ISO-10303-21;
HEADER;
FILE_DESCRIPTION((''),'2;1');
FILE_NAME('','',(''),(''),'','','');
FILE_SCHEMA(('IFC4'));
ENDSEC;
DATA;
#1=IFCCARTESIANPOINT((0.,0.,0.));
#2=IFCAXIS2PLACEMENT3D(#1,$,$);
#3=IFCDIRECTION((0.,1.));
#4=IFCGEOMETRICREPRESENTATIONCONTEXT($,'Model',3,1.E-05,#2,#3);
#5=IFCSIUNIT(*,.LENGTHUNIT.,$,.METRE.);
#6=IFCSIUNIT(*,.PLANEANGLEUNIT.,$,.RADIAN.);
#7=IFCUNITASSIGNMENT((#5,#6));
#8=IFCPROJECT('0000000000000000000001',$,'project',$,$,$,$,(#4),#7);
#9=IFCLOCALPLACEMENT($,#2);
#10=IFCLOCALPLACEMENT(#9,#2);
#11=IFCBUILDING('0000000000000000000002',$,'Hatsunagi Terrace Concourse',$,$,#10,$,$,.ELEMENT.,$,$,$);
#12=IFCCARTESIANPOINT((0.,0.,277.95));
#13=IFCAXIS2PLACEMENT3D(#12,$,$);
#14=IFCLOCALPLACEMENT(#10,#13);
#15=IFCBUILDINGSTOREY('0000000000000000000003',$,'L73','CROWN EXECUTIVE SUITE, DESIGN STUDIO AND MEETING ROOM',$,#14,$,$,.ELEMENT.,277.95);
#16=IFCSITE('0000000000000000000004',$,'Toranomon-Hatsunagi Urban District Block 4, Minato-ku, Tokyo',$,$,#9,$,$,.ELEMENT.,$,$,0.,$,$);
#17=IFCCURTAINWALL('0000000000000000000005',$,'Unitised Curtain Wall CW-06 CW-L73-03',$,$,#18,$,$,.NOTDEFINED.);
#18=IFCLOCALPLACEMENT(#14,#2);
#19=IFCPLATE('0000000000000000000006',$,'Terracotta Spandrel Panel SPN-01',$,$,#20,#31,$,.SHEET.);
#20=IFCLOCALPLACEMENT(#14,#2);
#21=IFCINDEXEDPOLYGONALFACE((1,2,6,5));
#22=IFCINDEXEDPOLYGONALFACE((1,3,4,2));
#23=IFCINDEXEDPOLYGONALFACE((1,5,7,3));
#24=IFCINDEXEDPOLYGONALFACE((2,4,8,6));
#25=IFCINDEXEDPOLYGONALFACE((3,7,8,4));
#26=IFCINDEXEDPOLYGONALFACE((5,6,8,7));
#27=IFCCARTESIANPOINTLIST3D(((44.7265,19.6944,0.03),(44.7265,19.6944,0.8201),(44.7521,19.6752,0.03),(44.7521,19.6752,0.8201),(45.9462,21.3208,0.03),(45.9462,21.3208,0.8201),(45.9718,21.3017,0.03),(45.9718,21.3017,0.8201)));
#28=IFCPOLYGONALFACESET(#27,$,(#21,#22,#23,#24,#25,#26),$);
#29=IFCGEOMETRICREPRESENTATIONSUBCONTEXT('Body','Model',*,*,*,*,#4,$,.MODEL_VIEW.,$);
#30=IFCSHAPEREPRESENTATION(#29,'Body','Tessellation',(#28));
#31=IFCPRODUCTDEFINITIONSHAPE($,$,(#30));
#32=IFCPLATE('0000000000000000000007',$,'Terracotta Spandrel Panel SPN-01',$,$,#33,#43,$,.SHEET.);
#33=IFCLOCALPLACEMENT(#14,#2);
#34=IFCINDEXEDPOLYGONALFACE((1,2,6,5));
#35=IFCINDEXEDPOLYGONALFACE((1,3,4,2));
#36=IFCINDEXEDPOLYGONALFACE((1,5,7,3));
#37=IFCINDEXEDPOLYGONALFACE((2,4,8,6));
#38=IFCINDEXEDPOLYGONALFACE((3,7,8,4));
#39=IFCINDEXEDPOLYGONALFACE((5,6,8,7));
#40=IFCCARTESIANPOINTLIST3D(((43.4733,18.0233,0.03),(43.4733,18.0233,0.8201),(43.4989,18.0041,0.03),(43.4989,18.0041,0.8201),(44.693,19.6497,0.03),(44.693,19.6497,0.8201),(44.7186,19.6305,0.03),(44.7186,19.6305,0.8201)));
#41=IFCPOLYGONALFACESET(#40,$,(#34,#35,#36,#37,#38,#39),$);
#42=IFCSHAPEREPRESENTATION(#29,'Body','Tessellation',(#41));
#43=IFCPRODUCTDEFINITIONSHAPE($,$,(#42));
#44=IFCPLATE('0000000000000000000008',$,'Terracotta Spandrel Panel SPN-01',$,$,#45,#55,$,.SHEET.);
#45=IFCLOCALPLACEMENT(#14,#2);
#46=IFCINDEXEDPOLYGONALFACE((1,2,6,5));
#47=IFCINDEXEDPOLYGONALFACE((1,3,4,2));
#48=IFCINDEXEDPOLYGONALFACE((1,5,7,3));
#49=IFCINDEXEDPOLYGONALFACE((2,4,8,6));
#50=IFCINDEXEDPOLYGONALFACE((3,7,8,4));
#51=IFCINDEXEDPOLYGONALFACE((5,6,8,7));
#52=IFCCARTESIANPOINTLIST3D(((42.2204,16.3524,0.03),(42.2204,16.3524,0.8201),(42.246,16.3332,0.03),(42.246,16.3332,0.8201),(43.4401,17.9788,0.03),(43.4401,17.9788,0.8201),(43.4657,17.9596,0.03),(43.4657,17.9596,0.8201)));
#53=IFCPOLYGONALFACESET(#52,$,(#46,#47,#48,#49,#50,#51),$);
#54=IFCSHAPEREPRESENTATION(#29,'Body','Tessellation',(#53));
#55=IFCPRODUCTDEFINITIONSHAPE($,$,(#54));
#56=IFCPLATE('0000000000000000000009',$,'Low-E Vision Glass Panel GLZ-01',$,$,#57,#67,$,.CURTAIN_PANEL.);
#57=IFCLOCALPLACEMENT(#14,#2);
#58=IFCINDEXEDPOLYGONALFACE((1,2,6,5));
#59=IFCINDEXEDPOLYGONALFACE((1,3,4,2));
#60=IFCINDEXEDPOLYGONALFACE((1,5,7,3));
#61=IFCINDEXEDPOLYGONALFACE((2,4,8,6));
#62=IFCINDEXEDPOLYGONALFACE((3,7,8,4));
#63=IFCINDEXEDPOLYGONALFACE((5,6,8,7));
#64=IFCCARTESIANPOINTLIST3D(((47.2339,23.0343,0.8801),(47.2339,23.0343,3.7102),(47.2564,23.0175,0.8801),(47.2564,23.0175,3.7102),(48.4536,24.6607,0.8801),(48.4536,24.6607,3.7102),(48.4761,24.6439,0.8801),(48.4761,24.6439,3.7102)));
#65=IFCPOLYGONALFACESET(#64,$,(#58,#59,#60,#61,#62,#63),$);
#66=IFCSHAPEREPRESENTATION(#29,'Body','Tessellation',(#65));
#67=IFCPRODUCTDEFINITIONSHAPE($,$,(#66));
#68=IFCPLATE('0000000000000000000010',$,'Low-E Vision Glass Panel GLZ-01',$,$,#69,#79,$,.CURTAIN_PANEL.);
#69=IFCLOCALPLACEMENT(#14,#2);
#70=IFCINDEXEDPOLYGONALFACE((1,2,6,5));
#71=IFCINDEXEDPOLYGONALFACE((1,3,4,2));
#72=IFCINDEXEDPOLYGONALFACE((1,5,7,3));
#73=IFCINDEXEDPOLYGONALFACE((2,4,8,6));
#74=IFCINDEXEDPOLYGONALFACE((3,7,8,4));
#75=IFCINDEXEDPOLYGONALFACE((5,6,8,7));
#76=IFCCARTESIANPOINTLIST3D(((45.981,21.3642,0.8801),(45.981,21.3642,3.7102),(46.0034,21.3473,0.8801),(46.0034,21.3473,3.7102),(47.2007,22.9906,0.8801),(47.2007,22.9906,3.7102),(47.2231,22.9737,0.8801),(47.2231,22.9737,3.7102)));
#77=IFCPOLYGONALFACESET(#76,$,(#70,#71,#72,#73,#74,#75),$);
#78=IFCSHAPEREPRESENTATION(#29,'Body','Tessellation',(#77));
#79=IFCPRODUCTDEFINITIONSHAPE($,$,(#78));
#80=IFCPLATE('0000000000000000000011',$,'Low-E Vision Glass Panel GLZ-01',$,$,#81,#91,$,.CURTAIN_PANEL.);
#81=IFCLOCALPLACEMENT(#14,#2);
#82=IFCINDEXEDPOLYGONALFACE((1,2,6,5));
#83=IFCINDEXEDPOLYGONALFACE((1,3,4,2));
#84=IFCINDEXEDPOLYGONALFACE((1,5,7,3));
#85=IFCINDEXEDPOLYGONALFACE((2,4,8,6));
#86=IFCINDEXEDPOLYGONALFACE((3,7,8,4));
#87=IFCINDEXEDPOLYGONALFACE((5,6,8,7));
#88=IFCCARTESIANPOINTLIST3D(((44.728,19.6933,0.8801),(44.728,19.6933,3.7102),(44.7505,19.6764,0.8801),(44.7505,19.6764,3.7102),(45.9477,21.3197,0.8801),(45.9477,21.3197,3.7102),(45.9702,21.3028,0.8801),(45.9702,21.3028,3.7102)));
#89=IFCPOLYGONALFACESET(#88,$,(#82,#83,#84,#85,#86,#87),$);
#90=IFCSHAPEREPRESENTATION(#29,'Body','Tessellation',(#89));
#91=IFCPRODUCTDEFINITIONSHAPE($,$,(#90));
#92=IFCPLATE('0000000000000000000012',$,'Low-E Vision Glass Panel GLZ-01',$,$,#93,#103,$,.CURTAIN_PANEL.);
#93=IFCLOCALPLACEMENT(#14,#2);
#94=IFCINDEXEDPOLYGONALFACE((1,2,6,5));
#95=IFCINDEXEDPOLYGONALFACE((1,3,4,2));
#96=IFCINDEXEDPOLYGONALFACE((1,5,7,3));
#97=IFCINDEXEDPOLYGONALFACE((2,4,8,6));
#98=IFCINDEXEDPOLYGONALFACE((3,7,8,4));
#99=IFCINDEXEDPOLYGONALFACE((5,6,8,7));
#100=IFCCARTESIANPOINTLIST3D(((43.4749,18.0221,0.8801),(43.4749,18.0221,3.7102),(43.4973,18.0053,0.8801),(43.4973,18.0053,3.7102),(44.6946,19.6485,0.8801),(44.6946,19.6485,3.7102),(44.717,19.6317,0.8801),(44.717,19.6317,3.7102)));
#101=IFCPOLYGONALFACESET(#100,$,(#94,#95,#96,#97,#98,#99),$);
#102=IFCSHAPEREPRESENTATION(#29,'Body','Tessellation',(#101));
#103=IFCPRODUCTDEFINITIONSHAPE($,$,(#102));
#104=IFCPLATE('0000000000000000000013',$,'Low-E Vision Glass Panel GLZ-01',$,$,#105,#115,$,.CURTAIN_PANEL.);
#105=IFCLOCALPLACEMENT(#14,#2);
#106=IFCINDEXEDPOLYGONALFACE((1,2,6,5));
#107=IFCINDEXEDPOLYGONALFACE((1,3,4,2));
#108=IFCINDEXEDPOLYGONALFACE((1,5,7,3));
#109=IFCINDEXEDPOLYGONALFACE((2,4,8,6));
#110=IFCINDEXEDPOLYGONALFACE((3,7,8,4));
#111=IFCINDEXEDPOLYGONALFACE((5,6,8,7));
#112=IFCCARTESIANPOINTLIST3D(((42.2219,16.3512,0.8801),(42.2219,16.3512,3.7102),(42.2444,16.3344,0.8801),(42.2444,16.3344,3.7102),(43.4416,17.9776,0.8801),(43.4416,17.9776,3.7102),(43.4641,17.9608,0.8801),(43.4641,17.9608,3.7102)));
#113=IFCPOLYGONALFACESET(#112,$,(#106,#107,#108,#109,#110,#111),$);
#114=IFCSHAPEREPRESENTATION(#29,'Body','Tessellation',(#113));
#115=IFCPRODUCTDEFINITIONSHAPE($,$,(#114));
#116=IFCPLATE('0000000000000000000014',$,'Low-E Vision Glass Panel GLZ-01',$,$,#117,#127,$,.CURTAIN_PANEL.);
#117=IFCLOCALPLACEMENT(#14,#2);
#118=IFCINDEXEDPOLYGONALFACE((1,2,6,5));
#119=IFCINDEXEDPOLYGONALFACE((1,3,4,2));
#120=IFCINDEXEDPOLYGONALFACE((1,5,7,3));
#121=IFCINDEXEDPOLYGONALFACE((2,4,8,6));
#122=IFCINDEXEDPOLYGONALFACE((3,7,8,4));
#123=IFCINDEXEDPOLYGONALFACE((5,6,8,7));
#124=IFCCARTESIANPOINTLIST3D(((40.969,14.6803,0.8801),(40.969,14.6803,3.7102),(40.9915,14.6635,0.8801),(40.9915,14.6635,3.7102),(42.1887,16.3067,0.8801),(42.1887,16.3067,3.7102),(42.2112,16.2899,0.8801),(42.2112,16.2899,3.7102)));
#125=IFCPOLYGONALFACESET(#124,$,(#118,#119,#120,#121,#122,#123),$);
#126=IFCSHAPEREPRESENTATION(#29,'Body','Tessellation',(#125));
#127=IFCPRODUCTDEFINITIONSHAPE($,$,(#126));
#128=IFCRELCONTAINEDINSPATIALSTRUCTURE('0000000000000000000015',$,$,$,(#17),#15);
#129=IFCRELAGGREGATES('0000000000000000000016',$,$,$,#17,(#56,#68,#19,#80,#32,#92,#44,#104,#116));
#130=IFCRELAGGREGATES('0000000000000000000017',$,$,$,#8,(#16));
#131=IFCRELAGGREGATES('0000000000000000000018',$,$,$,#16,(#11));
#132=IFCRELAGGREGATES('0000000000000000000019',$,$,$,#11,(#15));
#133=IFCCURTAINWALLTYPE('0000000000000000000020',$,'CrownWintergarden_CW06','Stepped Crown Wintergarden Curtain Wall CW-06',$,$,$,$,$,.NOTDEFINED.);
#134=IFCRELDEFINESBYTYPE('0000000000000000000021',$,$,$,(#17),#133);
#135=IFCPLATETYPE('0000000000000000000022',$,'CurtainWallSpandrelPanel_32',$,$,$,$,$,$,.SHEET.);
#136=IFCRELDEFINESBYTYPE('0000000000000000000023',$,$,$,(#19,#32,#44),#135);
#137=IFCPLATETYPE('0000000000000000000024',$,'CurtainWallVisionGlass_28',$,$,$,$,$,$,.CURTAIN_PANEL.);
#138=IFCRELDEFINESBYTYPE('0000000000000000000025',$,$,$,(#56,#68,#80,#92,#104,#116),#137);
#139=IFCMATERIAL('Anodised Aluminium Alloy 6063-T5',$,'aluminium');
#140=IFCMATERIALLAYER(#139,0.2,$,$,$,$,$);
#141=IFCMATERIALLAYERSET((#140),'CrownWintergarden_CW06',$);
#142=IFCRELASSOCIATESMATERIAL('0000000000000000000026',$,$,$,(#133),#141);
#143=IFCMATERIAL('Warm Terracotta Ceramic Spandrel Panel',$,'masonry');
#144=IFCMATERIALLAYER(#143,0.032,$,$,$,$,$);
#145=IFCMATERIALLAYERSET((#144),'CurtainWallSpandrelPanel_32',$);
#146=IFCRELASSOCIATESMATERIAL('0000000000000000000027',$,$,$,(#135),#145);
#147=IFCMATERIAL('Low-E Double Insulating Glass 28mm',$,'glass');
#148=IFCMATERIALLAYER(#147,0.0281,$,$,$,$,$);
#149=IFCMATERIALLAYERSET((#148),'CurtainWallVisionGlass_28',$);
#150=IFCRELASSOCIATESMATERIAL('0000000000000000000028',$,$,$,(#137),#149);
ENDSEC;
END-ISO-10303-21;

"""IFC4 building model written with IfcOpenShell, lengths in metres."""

from ifc_helpers import new_model, si_unit, direction, frame, origin, origin_2d, place, context, subcontext, project, spatial, rectangle, extrude, material, layer, layer_set, type_object, element, aggregate, save


model = new_model("IFC4")

# Units and contexts
model_context = context("Model", 3, precision=1e-05, world=origin(), true_north=direction((0.0, 1.0)))
body_context = subcontext(model_context, "Body", "Model", "MODEL_VIEW")
ifc_project = project(units=[si_unit("LENGTHUNIT", "METRE"), si_unit("PLANEANGLEUNIT", "RADIAN")], contexts=[model_context])

# Site, building, storey
site_placement = place(None, origin())
site = spatial("IfcSite", under=ifc_project, at=site_placement, Name="Toranomon-Hatsunagi Urban District Block 4, Minato-ku, Tokyo", CompositionType="ELEMENT", RefElevation=0.0)
building_placement = place(site_placement, origin())
building = spatial("IfcBuilding", under=site, at=building_placement, Name="Hatsunagi Terrace Concourse", CompositionType="ELEMENT")
storey_placement = place(building_placement, frame((0.0, 0.0, 277.95)))
storey = spatial("IfcBuildingStorey", under=building, at=storey_placement, Name="L73", Description="CROWN EXECUTIVE SUITE, DESIGN STUDIO AND MEETING ROOM", CompositionType="ELEMENT", Elevation=277.95)

# Curtain wall, plates
ifc_material_1 = material(Name="Anodised Aluminium Alloy 6063-T5", Category="aluminium")
ifc_layer_1 = layer(ifc_material_1, 0.2)
ifc_layer_set_1 = layer_set([ifc_layer_1], Name="CrownWintergarden_CW06")
curtain_wall_type = type_object("IfcCurtainWallType", Name="CrownWintergarden_CW06", Description="Stepped Crown Wintergarden Curtain Wall CW-06", PredefinedType="NOTDEFINED", material=ifc_layer_set_1)
curtain_wall_placement = place(storey_placement, origin())
curtain_wall = element("IfcCurtainWall", 1, at=curtain_wall_placement, inside=storey, type_object=curtain_wall_type, Name="Unitised Curtain Wall CW-06 CW-L73-03", PredefinedType="NOTDEFINED")
ifc_material_2 = material(Name="Warm Terracotta Ceramic Spandrel Panel", Category="masonry")
ifc_layer_2 = layer(ifc_material_2, 0.032)
ifc_layer_set_2 = layer_set([ifc_layer_2], Name="CurtainWallSpandrelPanel_32")
plate_type_1 = type_object("IfcPlateType", Name="CurtainWallSpandrelPanel_32", PredefinedType="SHEET", material=ifc_layer_set_2)
plate_1_placement = place(storey_placement, frame((45.3491, 20.498, 0.03), z_axis=(0.0, 0.0, 1.0), x_axis=(-0.599969, -0.800023, 0.0)))
plate_1 = element("IfcPlate", 2, at=plate_1_placement, type_object=plate_type_1, Name="Terracotta Spandrel Panel SPN-01", PredefinedType="SHEET", context=body_context, shape_type="SweptSolid", body=[
    extrude(rectangle(XDim=2.033, YDim=0.032, at=origin_2d()), origin(), (0.0, 0.0, 1.0), 0.79),
])
plate_2_placement = place(storey_placement, frame((44.0959, 18.8269, 0.03), z_axis=(0.0, 0.0, 1.0), x_axis=(-0.599969, -0.800023, 0.0)))
plate_2 = element("IfcPlate", 3, at=plate_2_placement, type_object=plate_type_1, Name="Terracotta Spandrel Panel SPN-01", PredefinedType="SHEET", context=body_context, shape_type="SweptSolid", body=[
    extrude(rectangle(XDim=2.033, YDim=0.032, at=origin_2d()), origin(), (0.0, 0.0, 1.0), 0.79),
])
plate_3_placement = place(storey_placement, frame((42.843, 17.156, 0.03), z_axis=(0.0, 0.0, 1.0), x_axis=(-0.599969, -0.800023, 0.0)))
plate_3 = element("IfcPlate", 4, at=plate_3_placement, type_object=plate_type_1, Name="Terracotta Spandrel Panel SPN-01", PredefinedType="SHEET", context=body_context, shape_type="SweptSolid", body=[
    extrude(rectangle(XDim=2.033, YDim=0.032, at=origin_2d()), origin(), (0.0, 0.0, 1.0), 0.79),
])
ifc_material_3 = material(Name="Low-E Double Insulating Glass 28mm", Category="glass")
ifc_layer_3 = layer(ifc_material_3, 0.0281)
ifc_layer_set_3 = layer_set([ifc_layer_3], Name="CurtainWallVisionGlass_28")
plate_type_2 = type_object("IfcPlateType", Name="CurtainWallVisionGlass_28", PredefinedType="CURTAIN_PANEL", material=ifc_layer_set_3)
plate_4_placement = place(storey_placement, frame((47.855, 23.8391, 0.8801), z_axis=(0.0, 0.0, 1.0), x_axis=(-0.599969, -0.800023, 0.0)))
plate_4 = element("IfcPlate", 5, at=plate_4_placement, type_object=plate_type_2, Name="Low-E Vision Glass Panel GLZ-01", PredefinedType="CURTAIN_PANEL", context=body_context, shape_type="SweptSolid", body=[
    extrude(rectangle(XDim=2.033, YDim=0.0281, at=origin_2d()), origin(), (0.0, 0.0, 1.0), 2.8301),
])
plate_5_placement = place(storey_placement, frame((46.6021, 22.1689, 0.8801), z_axis=(0.0, 0.0, 1.0), x_axis=(-0.599969, -0.800023, 0.0)))
plate_5 = element("IfcPlate", 6, at=plate_5_placement, type_object=plate_type_2, Name="Low-E Vision Glass Panel GLZ-01", PredefinedType="CURTAIN_PANEL", context=body_context, shape_type="SweptSolid", body=[
    extrude(rectangle(XDim=2.033, YDim=0.0281, at=origin_2d()), origin(), (0.0, 0.0, 1.0), 2.8301),
])
plate_6_placement = place(storey_placement, frame((45.3491, 20.498, 0.8801), z_axis=(0.0, 0.0, 1.0), x_axis=(-0.599969, -0.800023, 0.0)))
plate_6 = element("IfcPlate", 7, at=plate_6_placement, type_object=plate_type_2, Name="Low-E Vision Glass Panel GLZ-01", PredefinedType="CURTAIN_PANEL", context=body_context, shape_type="SweptSolid", body=[
    extrude(rectangle(XDim=2.033, YDim=0.0281, at=origin_2d()), origin(), (0.0, 0.0, 1.0), 2.8301),
])
plate_7_placement = place(storey_placement, frame((44.0959, 18.8269, 0.8801), z_axis=(0.0, 0.0, 1.0), x_axis=(-0.599969, -0.800023, 0.0)))
plate_7 = element("IfcPlate", 8, at=plate_7_placement, type_object=plate_type_2, Name="Low-E Vision Glass Panel GLZ-01", PredefinedType="CURTAIN_PANEL", context=body_context, shape_type="SweptSolid", body=[
    extrude(rectangle(XDim=2.033, YDim=0.0281, at=origin_2d()), origin(), (0.0, 0.0, 1.0), 2.8301),
])
plate_8_placement = place(storey_placement, frame((42.843, 17.156, 0.8801), z_axis=(0.0, 0.0, 1.0), x_axis=(-0.599969, -0.800023, 0.0)))
plate_8 = element("IfcPlate", 9, at=plate_8_placement, type_object=plate_type_2, Name="Low-E Vision Glass Panel GLZ-01", PredefinedType="CURTAIN_PANEL", context=body_context, shape_type="SweptSolid", body=[
    extrude(rectangle(XDim=2.033, YDim=0.0281, at=origin_2d()), origin(), (0.0, 0.0, 1.0), 2.8301),
])
plate_9_placement = place(storey_placement, frame((41.5901, 15.4851, 0.8801), z_axis=(0.0, 0.0, 1.0), x_axis=(-0.599969, -0.800023, 0.0)))
plate_9 = element("IfcPlate", 10, at=plate_9_placement, type_object=plate_type_2, Name="Low-E Vision Glass Panel GLZ-01", PredefinedType="CURTAIN_PANEL", context=body_context, shape_type="SweptSolid", body=[
    extrude(rectangle(XDim=2.033, YDim=0.0281, at=origin_2d()), origin(), (0.0, 0.0, 1.0), 2.8301),
])
aggregate(curtain_wall, [plate_4, plate_5, plate_1, plate_6, plate_2, plate_7, plate_3, plate_8, plate_9])

save(model, "model.ifc")
